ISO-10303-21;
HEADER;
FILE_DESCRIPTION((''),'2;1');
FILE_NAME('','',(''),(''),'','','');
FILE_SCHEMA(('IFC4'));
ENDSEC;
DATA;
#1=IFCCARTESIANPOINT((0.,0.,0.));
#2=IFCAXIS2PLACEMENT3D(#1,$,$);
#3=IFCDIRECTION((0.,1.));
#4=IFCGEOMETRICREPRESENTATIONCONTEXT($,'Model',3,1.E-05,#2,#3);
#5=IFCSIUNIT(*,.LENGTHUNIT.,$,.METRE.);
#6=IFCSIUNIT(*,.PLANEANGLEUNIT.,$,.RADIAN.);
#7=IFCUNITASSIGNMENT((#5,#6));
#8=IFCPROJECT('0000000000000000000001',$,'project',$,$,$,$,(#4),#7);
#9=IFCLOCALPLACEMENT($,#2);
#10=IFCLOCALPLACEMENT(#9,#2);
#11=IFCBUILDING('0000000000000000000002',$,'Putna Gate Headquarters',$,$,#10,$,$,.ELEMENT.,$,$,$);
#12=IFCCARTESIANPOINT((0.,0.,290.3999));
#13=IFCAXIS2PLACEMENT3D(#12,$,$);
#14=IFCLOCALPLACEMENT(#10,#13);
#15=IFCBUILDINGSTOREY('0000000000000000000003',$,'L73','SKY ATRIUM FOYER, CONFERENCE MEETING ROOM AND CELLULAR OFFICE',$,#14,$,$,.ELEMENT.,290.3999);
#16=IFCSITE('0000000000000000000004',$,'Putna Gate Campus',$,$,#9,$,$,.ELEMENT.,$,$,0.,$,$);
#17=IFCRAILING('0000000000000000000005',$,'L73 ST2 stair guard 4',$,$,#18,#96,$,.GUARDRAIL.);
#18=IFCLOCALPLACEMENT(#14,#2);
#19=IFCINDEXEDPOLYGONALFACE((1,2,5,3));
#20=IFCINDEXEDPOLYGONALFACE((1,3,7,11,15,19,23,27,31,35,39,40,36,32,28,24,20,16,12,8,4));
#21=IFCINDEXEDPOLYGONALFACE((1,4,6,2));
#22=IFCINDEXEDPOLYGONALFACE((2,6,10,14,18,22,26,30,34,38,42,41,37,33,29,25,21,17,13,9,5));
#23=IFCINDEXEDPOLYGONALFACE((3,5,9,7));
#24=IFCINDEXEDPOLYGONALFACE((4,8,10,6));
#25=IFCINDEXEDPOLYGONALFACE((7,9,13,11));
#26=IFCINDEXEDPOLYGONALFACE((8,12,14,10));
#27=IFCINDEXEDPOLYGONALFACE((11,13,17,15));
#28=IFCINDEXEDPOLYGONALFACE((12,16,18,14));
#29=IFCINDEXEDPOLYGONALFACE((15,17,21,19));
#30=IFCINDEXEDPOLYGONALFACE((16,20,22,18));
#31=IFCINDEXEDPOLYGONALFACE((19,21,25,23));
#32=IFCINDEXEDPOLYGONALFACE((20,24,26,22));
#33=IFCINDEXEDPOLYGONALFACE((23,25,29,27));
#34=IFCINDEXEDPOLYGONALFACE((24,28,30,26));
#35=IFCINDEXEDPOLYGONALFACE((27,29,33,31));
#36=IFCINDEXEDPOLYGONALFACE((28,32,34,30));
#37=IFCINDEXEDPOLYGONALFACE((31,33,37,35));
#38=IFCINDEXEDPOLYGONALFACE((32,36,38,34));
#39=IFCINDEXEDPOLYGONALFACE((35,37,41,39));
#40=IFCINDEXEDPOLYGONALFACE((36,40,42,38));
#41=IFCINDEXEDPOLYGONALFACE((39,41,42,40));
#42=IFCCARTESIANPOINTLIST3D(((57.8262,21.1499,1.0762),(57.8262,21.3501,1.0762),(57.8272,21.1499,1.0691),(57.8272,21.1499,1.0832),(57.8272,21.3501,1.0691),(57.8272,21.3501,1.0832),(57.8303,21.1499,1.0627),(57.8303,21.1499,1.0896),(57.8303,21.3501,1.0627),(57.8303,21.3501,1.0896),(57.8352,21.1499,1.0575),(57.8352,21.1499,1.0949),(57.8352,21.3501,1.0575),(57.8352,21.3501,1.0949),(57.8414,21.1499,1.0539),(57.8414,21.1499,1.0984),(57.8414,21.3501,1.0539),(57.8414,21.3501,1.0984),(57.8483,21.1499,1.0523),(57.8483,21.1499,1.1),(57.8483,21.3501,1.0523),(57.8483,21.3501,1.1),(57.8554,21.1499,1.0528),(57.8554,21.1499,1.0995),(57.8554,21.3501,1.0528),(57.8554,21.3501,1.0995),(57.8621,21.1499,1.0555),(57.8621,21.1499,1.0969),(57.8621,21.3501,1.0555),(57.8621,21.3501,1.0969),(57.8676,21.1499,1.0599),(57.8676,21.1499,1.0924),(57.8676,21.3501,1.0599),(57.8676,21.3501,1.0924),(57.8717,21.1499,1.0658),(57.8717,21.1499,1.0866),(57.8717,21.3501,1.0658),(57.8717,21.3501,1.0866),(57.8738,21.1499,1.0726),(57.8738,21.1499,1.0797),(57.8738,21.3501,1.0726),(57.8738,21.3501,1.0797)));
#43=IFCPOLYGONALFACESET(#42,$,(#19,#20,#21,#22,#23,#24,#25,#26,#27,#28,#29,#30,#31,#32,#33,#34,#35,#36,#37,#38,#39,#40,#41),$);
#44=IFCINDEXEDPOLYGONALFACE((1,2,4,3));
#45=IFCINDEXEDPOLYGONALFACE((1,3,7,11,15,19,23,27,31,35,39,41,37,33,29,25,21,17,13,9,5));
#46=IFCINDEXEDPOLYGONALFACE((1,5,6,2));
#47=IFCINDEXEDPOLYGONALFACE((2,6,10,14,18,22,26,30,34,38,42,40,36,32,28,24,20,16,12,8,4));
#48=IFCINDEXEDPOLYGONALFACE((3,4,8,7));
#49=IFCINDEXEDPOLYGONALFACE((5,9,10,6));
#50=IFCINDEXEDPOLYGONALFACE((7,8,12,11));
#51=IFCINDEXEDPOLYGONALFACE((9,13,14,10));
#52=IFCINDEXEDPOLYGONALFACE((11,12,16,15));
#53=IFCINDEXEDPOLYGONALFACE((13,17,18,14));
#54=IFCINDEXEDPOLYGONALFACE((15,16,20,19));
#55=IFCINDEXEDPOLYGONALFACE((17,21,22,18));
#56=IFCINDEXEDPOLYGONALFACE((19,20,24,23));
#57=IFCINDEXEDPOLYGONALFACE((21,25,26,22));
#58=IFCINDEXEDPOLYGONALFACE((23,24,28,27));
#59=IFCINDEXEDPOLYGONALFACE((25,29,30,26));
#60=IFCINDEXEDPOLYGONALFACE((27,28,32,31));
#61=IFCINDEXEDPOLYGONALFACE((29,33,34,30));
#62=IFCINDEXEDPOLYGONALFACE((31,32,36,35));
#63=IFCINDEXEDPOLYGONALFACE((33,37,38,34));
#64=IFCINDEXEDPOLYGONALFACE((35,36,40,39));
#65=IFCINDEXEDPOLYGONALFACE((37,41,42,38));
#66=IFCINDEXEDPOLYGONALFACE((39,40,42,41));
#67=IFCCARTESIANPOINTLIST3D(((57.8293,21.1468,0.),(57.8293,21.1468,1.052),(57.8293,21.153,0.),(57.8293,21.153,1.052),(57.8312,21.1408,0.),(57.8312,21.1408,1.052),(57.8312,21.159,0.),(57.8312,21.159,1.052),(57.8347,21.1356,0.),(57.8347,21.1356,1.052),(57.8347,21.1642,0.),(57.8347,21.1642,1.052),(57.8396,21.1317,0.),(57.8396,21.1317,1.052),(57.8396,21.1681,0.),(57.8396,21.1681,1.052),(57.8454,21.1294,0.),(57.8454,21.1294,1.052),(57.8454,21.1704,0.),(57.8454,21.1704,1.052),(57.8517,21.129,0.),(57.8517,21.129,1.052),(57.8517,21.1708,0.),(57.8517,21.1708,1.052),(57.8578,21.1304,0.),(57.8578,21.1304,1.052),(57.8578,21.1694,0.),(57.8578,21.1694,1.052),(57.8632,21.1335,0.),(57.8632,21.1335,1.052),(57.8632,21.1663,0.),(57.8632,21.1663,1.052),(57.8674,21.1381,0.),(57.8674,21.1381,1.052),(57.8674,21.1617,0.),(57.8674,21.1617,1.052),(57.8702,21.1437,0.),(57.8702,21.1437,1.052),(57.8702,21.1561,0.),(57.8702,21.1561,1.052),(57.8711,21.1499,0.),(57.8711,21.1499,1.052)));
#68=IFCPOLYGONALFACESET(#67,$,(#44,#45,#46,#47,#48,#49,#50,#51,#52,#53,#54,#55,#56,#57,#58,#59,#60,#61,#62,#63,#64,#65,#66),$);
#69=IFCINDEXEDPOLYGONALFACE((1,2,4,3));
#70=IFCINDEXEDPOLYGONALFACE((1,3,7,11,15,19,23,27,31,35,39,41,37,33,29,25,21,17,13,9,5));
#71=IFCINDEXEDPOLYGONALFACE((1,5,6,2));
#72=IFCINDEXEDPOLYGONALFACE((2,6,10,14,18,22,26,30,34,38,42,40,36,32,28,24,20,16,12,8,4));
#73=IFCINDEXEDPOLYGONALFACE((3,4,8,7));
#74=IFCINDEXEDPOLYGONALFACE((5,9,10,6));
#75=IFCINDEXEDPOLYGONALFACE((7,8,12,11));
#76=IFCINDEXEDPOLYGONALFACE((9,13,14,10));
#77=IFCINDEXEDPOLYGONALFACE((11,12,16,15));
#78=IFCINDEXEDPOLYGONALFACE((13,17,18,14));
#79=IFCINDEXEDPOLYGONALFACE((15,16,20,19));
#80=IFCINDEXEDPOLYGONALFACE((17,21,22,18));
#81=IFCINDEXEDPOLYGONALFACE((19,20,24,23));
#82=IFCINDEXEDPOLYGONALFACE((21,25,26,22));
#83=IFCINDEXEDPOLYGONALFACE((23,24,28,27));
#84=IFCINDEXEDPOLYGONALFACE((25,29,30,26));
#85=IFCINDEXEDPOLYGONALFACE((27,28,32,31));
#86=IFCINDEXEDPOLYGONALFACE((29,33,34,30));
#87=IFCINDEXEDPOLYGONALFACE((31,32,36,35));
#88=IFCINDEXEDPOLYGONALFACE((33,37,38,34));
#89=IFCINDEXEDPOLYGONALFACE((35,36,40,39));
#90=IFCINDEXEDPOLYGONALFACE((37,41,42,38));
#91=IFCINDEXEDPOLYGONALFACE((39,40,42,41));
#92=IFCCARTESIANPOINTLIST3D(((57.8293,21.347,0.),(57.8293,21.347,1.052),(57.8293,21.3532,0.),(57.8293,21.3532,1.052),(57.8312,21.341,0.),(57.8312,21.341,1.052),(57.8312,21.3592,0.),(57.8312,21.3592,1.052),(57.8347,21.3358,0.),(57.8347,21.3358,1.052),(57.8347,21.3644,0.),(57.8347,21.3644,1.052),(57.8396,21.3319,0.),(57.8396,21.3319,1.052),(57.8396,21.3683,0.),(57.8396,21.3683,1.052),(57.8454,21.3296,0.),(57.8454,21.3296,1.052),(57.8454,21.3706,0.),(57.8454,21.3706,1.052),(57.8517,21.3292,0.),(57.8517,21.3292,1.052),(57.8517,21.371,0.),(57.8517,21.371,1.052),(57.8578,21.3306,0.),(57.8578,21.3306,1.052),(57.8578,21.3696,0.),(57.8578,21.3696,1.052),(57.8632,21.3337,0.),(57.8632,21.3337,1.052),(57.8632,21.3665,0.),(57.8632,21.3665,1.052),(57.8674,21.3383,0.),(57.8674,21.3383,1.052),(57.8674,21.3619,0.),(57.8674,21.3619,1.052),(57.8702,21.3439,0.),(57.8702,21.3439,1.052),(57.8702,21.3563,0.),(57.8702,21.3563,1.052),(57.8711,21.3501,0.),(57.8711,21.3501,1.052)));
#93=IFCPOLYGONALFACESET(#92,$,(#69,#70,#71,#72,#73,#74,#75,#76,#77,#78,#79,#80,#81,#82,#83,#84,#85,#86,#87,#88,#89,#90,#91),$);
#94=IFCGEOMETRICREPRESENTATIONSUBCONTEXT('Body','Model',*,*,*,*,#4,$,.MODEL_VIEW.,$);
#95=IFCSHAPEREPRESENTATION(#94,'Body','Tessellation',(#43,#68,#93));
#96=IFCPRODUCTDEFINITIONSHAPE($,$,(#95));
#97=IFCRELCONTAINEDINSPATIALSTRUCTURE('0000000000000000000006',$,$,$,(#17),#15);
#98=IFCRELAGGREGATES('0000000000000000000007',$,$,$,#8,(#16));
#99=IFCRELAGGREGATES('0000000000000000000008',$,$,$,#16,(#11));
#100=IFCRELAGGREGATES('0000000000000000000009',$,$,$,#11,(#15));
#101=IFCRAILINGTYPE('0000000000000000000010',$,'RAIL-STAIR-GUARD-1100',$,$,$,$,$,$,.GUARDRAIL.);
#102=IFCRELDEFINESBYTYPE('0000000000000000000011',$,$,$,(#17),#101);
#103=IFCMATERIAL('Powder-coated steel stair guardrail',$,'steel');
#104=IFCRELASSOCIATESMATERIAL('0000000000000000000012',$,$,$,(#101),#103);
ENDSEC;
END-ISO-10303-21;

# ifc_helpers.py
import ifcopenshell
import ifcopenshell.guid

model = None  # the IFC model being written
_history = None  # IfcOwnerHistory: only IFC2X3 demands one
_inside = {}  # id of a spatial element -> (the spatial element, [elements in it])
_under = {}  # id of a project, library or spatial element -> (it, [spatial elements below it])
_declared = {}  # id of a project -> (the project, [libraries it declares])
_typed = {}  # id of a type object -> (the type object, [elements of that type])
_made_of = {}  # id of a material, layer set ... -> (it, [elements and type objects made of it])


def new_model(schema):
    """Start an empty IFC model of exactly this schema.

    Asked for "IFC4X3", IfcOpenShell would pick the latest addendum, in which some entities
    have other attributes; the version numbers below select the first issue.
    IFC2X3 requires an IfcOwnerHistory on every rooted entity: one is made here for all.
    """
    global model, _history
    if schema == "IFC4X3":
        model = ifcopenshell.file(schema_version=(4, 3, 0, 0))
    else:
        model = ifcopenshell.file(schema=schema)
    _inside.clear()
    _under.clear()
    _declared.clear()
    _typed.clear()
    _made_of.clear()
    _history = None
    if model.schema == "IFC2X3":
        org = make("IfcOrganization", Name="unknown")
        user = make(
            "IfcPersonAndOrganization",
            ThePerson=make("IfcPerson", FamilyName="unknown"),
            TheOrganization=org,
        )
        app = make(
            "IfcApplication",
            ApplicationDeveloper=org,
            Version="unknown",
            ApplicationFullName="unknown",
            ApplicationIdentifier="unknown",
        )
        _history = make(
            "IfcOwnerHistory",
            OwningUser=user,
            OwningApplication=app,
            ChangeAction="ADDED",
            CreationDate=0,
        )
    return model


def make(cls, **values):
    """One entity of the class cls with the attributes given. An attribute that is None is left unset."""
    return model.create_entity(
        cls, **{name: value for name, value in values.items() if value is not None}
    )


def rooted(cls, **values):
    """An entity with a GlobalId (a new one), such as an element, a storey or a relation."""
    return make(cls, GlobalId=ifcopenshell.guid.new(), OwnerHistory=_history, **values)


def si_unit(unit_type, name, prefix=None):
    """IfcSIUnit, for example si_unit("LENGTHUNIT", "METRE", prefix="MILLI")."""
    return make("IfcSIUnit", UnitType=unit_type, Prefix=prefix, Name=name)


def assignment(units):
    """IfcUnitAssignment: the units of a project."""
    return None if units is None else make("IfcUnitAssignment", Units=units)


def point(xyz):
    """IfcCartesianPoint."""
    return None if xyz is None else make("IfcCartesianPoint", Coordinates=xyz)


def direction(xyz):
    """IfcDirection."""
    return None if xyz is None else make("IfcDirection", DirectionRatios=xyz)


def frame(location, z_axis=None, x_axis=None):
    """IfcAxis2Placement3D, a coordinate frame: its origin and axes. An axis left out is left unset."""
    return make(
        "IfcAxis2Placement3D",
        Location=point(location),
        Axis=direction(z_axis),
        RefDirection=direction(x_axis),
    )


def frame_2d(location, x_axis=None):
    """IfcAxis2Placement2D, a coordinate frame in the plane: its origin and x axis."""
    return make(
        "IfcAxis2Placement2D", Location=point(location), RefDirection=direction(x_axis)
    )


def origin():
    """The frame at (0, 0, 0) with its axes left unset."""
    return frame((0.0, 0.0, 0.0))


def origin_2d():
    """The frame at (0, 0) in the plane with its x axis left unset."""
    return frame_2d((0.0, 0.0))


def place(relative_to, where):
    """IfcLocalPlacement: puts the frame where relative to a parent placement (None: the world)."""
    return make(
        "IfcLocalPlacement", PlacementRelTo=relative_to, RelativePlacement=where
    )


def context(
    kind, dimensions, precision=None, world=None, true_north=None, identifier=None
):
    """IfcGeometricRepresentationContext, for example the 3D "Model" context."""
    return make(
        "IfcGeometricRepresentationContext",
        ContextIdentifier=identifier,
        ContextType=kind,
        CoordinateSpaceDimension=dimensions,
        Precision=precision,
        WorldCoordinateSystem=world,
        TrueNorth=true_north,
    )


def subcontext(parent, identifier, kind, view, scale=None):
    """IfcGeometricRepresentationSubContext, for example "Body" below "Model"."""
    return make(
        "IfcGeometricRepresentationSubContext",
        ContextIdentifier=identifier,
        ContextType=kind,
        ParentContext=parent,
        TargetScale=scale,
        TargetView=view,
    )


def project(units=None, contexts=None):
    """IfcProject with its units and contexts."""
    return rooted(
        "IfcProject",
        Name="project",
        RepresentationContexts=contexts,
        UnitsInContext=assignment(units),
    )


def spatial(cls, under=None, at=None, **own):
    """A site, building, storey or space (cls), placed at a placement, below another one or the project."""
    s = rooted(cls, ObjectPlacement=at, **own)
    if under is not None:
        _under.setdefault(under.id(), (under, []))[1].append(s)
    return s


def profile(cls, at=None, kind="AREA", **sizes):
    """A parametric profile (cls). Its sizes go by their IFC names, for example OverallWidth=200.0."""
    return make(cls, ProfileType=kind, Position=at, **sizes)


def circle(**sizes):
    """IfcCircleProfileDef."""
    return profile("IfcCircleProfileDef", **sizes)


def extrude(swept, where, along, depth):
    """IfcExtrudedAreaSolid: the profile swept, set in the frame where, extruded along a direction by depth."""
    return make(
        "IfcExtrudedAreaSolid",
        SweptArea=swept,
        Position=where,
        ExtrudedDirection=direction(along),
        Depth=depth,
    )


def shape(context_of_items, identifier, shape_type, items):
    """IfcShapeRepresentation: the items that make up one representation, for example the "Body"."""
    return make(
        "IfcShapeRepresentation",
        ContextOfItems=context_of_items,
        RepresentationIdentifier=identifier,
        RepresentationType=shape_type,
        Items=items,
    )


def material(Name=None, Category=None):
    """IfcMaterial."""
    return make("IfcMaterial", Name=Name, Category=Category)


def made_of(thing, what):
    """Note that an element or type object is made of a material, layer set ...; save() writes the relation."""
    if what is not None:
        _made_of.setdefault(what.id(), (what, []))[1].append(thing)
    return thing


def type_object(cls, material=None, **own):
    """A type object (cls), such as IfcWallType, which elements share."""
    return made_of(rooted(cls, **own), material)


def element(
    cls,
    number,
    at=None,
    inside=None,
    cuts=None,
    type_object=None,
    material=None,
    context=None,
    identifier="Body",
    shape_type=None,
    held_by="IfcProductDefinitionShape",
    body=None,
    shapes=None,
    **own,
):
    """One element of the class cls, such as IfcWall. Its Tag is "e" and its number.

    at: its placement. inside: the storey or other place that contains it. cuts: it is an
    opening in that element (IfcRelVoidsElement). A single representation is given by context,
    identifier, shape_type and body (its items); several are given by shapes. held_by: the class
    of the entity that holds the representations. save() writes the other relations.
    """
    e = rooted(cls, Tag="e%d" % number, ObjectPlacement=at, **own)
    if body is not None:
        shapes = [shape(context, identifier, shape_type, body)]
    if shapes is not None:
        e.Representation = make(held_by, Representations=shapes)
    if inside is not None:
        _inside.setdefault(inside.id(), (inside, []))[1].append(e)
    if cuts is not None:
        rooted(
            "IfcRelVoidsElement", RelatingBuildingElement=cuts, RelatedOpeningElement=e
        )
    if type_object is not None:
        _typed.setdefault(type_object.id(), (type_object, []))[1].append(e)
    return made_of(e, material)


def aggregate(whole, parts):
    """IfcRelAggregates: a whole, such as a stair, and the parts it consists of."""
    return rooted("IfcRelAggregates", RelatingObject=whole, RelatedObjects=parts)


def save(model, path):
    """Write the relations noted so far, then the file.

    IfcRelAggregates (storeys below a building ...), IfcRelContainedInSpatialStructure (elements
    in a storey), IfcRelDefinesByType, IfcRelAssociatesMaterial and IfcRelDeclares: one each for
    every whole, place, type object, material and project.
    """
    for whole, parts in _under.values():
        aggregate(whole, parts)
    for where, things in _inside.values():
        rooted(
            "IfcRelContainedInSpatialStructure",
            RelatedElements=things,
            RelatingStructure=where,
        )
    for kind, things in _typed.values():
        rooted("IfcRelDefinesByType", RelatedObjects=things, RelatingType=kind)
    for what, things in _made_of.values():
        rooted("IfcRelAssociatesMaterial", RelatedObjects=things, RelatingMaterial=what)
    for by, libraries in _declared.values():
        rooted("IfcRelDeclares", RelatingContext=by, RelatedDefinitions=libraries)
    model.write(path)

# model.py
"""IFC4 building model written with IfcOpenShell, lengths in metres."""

from ifc_helpers import new_model, si_unit, direction, frame, origin, origin_2d, place, context, subcontext, project, spatial, circle, extrude, material, type_object, element, save


model = new_model("IFC4")

# Units and contexts
model_context = context("Model", 3, precision=1e-05, world=origin(), true_north=direction((0.0, 1.0)))
body_context = subcontext(model_context, "Body", "Model", "MODEL_VIEW")
ifc_project = project(units=[si_unit("LENGTHUNIT", "METRE"), si_unit("PLANEANGLEUNIT", "RADIAN")], contexts=[model_context])

# Site, building, storey
site_placement = place(None, origin())
site = spatial("IfcSite", under=ifc_project, at=site_placement, Name="Putna Gate Campus", CompositionType="ELEMENT", RefElevation=0.0)
building_placement = place(site_placement, origin())
building = spatial("IfcBuilding", under=site, at=building_placement, Name="Putna Gate Headquarters", CompositionType="ELEMENT")
storey_placement = place(building_placement, frame((0.0, 0.0, 290.3999)))
storey = spatial("IfcBuildingStorey", under=building, at=storey_placement, Name="L73", Description="SKY ATRIUM FOYER, CONFERENCE MEETING ROOM AND CELLULAR OFFICE", CompositionType="ELEMENT", Elevation=290.3999)

# Railing
ifc_material_1 = material(Name="Powder-coated steel stair guardrail", Category="steel")
railing_type_1 = type_object("IfcRailingType", Name="RAIL-STAIR-GUARD-1100", PredefinedType="GUARDRAIL", material=ifc_material_1)
railing_1_placement = place(storey_placement, frame((57.8501, 21.1499, 0.0)))
element("IfcRailing", 1, at=railing_1_placement, inside=storey, type_object=railing_type_1, Name="L73 ST2 stair guard 4", PredefinedType="GUARDRAIL", context=body_context, shape_type="SweptSolid", body=[
    extrude(circle(Radius=0.0239, at=origin_2d()), frame((0.0, 0.0, 1.0762), z_axis=(0.0, 1.0, 0.0), x_axis=(-1.0, 0.0, 0.0)), (0.0, 0.0, 1.0), 0.2002),
    extrude(circle(Radius=0.021, at=origin_2d()), origin(), (0.0, 0.0, 1.0), 1.052),
    extrude(circle(Radius=0.021, at=origin_2d()), frame((0.0, 0.2002, 0.0)), (0.0, 0.0, 1.0), 1.052),
])

save(model, "model.ifc")
